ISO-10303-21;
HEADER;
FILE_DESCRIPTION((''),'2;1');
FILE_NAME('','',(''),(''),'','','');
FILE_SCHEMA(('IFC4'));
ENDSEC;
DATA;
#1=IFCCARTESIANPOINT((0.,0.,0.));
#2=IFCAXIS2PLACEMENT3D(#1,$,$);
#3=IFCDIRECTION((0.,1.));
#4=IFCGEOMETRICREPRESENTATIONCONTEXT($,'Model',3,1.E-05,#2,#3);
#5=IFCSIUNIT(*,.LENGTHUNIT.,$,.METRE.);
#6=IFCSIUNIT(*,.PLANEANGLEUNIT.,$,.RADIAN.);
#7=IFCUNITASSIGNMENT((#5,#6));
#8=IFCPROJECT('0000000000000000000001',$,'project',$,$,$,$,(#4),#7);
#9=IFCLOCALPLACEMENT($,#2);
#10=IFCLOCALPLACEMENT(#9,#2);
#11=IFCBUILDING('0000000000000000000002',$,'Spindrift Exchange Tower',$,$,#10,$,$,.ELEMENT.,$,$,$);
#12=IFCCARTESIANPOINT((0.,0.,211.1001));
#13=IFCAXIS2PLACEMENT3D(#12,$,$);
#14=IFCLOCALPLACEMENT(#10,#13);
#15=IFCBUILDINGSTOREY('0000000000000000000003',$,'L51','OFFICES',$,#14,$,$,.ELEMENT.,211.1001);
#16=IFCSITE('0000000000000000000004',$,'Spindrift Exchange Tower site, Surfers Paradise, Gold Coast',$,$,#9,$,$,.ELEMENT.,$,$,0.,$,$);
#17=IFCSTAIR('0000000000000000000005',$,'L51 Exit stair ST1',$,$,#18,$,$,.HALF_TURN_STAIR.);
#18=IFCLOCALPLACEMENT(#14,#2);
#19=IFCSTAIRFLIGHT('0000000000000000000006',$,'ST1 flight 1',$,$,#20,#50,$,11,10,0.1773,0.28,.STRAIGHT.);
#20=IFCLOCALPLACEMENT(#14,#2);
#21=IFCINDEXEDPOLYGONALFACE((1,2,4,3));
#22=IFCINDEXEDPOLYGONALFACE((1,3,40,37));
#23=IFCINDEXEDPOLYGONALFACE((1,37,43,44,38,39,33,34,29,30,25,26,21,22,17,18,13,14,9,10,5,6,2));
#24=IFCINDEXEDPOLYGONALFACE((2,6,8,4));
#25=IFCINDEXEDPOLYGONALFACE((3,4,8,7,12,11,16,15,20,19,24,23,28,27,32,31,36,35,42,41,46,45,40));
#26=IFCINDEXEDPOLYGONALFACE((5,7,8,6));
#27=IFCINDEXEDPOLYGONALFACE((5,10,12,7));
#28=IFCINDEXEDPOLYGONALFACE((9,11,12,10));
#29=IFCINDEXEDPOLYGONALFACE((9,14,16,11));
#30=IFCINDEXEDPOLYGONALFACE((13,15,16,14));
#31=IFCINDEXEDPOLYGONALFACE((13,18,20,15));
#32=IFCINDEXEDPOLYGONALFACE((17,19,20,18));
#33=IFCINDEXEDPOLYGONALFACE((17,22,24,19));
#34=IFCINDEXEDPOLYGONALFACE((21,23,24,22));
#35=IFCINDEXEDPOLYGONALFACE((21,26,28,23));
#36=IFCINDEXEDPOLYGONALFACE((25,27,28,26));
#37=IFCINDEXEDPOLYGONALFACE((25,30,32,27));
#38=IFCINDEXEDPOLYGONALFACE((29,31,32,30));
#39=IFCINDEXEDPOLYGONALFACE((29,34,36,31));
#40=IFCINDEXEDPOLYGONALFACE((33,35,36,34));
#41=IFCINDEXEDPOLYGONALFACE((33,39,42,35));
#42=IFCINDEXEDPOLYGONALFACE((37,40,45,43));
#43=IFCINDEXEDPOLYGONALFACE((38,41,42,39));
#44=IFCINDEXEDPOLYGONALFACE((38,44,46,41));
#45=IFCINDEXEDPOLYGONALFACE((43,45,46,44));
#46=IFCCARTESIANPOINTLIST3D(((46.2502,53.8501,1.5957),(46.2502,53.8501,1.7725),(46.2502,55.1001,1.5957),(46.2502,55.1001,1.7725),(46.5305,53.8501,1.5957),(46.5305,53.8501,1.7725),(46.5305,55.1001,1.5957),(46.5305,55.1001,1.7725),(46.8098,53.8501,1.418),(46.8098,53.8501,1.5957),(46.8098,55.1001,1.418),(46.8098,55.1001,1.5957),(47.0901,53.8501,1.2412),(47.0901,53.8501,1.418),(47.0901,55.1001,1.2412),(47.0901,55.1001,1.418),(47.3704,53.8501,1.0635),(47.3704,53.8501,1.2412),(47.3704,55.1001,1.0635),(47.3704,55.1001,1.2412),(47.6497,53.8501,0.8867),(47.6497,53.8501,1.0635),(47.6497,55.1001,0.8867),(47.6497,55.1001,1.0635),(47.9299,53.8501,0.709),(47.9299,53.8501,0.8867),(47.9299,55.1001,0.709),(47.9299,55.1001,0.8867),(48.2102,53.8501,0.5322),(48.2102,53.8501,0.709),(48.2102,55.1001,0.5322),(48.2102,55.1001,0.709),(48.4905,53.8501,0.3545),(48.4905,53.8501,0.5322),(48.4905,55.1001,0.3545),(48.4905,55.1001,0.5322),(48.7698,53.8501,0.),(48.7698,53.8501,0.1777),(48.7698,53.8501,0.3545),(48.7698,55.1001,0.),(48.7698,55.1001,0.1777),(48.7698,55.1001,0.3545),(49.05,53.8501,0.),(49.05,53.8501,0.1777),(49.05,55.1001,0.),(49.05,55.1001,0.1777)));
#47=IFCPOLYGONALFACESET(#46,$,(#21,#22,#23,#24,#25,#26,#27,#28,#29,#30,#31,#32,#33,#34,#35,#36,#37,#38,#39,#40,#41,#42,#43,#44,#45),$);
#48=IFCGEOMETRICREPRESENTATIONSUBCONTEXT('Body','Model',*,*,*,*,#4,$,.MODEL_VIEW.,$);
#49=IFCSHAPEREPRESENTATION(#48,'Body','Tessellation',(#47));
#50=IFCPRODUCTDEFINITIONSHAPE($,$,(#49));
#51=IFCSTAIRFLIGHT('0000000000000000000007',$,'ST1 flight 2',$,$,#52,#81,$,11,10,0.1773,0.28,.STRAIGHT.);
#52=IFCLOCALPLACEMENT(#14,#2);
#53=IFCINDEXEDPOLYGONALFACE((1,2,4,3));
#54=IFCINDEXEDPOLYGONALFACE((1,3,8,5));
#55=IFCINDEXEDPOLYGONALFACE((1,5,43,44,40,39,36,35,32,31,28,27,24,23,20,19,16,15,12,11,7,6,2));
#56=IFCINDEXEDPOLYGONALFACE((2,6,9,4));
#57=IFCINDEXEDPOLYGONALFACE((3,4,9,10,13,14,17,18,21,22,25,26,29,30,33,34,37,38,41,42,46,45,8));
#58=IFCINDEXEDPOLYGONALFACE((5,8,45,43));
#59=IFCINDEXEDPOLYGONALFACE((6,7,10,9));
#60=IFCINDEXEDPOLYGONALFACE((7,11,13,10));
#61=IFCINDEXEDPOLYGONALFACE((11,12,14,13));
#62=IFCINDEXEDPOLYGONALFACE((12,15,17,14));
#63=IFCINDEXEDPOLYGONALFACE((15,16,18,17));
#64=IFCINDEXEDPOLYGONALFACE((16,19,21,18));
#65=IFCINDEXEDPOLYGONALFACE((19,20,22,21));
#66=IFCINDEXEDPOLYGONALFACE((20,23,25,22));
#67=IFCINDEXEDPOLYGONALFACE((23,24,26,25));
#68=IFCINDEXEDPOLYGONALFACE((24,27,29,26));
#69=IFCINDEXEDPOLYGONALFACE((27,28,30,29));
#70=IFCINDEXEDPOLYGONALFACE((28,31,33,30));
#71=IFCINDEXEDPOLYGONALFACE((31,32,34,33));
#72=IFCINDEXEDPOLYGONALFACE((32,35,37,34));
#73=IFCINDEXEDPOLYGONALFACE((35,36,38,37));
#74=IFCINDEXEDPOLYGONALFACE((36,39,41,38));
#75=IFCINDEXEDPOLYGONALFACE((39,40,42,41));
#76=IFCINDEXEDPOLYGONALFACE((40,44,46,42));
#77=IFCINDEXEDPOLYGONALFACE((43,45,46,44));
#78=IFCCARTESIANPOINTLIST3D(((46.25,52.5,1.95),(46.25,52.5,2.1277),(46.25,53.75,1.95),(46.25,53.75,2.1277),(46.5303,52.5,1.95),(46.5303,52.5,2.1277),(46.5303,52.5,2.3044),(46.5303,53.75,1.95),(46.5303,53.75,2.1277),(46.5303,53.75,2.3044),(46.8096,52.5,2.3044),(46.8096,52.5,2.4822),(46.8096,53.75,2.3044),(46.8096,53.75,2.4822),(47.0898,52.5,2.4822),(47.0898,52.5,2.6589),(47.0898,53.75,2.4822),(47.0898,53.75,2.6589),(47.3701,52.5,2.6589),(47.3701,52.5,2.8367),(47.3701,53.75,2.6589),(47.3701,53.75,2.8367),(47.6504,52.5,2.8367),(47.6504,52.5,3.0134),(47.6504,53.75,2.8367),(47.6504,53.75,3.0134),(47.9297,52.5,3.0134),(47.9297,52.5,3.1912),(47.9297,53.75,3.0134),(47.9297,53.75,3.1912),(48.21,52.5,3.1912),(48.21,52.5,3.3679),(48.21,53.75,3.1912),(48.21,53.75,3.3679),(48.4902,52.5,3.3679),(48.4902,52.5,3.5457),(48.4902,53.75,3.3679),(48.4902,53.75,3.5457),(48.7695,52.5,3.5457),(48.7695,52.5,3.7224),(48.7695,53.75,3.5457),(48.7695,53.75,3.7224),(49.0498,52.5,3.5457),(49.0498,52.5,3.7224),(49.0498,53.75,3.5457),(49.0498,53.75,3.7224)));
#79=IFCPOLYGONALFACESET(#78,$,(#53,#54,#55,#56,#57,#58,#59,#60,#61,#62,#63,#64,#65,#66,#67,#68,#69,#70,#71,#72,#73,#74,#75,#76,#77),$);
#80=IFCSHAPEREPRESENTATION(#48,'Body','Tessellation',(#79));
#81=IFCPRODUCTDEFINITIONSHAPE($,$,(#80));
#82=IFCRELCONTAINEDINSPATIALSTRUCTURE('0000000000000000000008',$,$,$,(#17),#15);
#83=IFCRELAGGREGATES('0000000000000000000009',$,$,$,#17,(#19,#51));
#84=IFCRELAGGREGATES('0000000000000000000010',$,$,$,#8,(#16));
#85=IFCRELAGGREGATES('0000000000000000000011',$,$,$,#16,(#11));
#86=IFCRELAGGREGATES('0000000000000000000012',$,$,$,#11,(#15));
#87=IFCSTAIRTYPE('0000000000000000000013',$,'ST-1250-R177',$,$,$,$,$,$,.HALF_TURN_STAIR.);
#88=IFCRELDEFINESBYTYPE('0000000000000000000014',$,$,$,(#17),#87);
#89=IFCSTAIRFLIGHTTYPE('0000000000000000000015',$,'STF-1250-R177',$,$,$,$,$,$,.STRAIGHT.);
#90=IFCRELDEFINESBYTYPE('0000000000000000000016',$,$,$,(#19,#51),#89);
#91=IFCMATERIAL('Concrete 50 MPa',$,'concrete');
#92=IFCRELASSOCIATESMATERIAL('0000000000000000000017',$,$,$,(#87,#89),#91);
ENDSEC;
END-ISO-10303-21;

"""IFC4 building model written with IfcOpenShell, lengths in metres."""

from ifc_helpers import new_model, si_unit, direction, frame, origin, place, context, subcontext, project, spatial, line, indexed_curve, outline, extrude, material, type_object, element, aggregate, save


model = new_model("IFC4")

# Units and contexts
model_context = context("Model", 3, precision=1e-05, world=origin(), true_north=direction((0.0, 1.0)))
body_context = subcontext(model_context, "Body", "Model", "MODEL_VIEW")
ifc_project = project(units=[si_unit("LENGTHUNIT", "METRE"), si_unit("PLANEANGLEUNIT", "RADIAN")], contexts=[model_context])

# Site, building, storey
site_placement = place(None, origin())
site = spatial("IfcSite", under=ifc_project, at=site_placement, Name="Spindrift Exchange Tower site, Surfers Paradise, Gold Coast", CompositionType="ELEMENT", RefElevation=0.0)
building_placement = place(site_placement, origin())
building = spatial("IfcBuilding", under=site, at=building_placement, Name="Spindrift Exchange Tower", CompositionType="ELEMENT")
storey_placement = place(building_placement, frame((0.0, 0.0, 211.1001)))
storey = spatial("IfcBuildingStorey", under=building, at=storey_placement, Name="L51", Description="OFFICES", CompositionType="ELEMENT", Elevation=211.1001)

# Shared definitions
ifc_material_1 = material(Name="Concrete 50 MPa", Category="concrete")

# Stair, stair flights
stair_type = type_object("IfcStairType", Name="ST-1250-R177", PredefinedType="HALF_TURN_STAIR", material=ifc_material_1)
stair_placement = place(storey_placement, origin())
stair = element("IfcStair", 1, at=stair_placement, inside=storey, type_object=stair_type, Name="L51 Exit stair ST1", PredefinedType="HALF_TURN_STAIR")
stair_flight_type = type_object("IfcStairFlightType", Name="STF-1250-R177", PredefinedType="STRAIGHT", material=ifc_material_1)
stair_flight_1_placement = place(storey_placement, frame((49.05, 54.4751, 0.0), z_axis=(0.0, 0.0, 1.0), x_axis=(-1.0, 0.0, 0.0)))
stair_flight_1 = element("IfcStairFlight", 2, at=stair_flight_1_placement, type_object=stair_flight_type, Name="ST1 flight 1", NumberOfRisers=11, NumberOfTreads=10, PredefinedType="STRAIGHT", RiserHeight=0.1773, TreadLength=0.28, context=body_context, shape_type="SweptSolid", body=[
    extrude(outline(indexed_curve([(0.0, 0.0), (0.0, 0.1777), (0.2803, 0.1777), (0.2803, 0.3545), (0.5596, 0.3545), (0.5596, 0.5322), (0.8398, 0.5322), (0.8398, 0.709), (1.1201, 0.709), (1.1201, 0.8867), (1.4004, 0.8867), (1.4004, 1.0635), (1.6797, 1.0635), (1.6797, 1.2412), (1.96, 1.2412), (1.96, 1.418), (2.2402, 1.418), (2.2402, 1.5957), (2.5195, 1.5957), (2.5195, 1.7725), (2.7998, 1.7725), (2.7998, 1.9502), (2.7998, 1.5957), (0.2803, 0.0)], segments=[line(1, 2, 3, 4, 5, 6, 7, 8, 9, 10, 11, 12, 13, 14, 15, 16, 17, 18, 19, 20, 21, 22, 23, 24, 1)], self_intersect=False)), frame((0.0, 0.625, 0.0), z_axis=(0.0, -1.0, 0.0), x_axis=(1.0, 0.0, 0.0)), (0.0, 0.0, 1.0), 1.25),
])
stair_flight_2_placement = place(storey_placement, frame((46.25, 53.125, 1.95), z_axis=(0.0, 0.0, 1.0), x_axis=(1.0, 0.0, 0.0)))
stair_flight_2 = element("IfcStairFlight", 3, at=stair_flight_2_placement, type_object=stair_flight_type, Name="ST1 flight 2", NumberOfRisers=11, NumberOfTreads=10, PredefinedType="STRAIGHT", RiserHeight=0.1773, TreadLength=0.28, context=body_context, shape_type="SweptSolid", body=[
    extrude(outline(indexed_curve([(0.0, 0.0), (0.0, 0.1777), (0.2803, 0.1777), (0.2803, 0.3545), (0.5596, 0.3545), (0.5596, 0.5322), (0.8398, 0.5322), (0.8398, 0.709), (1.1201, 0.709), (1.1201, 0.8867), (1.4004, 0.8867), (1.4004, 1.0635), (1.6797, 1.0635), (1.6797, 1.2412), (1.96, 1.2412), (1.96, 1.418), (2.2402, 1.418), (2.2402, 1.5957), (2.5195, 1.5957), (2.5195, 1.7725), (2.7998, 1.7725), (2.7998, 1.9502), (2.7998, 1.5957), (0.2803, 0.0)], segments=[line(1, 2, 3, 4, 5, 6, 7, 8, 9, 10, 11, 12, 13, 14, 15, 16, 17, 18, 19, 20, 21, 22, 23, 24, 1)], self_intersect=False)), frame((0.0, 0.625, 0.0), z_axis=(0.0, -1.0, 0.0), x_axis=(1.0, 0.0, 0.0)), (0.0, 0.0, 1.0), 1.25),
])
aggregate(stair, [stair_flight_1, stair_flight_2])

save(model, "model.ifc")
